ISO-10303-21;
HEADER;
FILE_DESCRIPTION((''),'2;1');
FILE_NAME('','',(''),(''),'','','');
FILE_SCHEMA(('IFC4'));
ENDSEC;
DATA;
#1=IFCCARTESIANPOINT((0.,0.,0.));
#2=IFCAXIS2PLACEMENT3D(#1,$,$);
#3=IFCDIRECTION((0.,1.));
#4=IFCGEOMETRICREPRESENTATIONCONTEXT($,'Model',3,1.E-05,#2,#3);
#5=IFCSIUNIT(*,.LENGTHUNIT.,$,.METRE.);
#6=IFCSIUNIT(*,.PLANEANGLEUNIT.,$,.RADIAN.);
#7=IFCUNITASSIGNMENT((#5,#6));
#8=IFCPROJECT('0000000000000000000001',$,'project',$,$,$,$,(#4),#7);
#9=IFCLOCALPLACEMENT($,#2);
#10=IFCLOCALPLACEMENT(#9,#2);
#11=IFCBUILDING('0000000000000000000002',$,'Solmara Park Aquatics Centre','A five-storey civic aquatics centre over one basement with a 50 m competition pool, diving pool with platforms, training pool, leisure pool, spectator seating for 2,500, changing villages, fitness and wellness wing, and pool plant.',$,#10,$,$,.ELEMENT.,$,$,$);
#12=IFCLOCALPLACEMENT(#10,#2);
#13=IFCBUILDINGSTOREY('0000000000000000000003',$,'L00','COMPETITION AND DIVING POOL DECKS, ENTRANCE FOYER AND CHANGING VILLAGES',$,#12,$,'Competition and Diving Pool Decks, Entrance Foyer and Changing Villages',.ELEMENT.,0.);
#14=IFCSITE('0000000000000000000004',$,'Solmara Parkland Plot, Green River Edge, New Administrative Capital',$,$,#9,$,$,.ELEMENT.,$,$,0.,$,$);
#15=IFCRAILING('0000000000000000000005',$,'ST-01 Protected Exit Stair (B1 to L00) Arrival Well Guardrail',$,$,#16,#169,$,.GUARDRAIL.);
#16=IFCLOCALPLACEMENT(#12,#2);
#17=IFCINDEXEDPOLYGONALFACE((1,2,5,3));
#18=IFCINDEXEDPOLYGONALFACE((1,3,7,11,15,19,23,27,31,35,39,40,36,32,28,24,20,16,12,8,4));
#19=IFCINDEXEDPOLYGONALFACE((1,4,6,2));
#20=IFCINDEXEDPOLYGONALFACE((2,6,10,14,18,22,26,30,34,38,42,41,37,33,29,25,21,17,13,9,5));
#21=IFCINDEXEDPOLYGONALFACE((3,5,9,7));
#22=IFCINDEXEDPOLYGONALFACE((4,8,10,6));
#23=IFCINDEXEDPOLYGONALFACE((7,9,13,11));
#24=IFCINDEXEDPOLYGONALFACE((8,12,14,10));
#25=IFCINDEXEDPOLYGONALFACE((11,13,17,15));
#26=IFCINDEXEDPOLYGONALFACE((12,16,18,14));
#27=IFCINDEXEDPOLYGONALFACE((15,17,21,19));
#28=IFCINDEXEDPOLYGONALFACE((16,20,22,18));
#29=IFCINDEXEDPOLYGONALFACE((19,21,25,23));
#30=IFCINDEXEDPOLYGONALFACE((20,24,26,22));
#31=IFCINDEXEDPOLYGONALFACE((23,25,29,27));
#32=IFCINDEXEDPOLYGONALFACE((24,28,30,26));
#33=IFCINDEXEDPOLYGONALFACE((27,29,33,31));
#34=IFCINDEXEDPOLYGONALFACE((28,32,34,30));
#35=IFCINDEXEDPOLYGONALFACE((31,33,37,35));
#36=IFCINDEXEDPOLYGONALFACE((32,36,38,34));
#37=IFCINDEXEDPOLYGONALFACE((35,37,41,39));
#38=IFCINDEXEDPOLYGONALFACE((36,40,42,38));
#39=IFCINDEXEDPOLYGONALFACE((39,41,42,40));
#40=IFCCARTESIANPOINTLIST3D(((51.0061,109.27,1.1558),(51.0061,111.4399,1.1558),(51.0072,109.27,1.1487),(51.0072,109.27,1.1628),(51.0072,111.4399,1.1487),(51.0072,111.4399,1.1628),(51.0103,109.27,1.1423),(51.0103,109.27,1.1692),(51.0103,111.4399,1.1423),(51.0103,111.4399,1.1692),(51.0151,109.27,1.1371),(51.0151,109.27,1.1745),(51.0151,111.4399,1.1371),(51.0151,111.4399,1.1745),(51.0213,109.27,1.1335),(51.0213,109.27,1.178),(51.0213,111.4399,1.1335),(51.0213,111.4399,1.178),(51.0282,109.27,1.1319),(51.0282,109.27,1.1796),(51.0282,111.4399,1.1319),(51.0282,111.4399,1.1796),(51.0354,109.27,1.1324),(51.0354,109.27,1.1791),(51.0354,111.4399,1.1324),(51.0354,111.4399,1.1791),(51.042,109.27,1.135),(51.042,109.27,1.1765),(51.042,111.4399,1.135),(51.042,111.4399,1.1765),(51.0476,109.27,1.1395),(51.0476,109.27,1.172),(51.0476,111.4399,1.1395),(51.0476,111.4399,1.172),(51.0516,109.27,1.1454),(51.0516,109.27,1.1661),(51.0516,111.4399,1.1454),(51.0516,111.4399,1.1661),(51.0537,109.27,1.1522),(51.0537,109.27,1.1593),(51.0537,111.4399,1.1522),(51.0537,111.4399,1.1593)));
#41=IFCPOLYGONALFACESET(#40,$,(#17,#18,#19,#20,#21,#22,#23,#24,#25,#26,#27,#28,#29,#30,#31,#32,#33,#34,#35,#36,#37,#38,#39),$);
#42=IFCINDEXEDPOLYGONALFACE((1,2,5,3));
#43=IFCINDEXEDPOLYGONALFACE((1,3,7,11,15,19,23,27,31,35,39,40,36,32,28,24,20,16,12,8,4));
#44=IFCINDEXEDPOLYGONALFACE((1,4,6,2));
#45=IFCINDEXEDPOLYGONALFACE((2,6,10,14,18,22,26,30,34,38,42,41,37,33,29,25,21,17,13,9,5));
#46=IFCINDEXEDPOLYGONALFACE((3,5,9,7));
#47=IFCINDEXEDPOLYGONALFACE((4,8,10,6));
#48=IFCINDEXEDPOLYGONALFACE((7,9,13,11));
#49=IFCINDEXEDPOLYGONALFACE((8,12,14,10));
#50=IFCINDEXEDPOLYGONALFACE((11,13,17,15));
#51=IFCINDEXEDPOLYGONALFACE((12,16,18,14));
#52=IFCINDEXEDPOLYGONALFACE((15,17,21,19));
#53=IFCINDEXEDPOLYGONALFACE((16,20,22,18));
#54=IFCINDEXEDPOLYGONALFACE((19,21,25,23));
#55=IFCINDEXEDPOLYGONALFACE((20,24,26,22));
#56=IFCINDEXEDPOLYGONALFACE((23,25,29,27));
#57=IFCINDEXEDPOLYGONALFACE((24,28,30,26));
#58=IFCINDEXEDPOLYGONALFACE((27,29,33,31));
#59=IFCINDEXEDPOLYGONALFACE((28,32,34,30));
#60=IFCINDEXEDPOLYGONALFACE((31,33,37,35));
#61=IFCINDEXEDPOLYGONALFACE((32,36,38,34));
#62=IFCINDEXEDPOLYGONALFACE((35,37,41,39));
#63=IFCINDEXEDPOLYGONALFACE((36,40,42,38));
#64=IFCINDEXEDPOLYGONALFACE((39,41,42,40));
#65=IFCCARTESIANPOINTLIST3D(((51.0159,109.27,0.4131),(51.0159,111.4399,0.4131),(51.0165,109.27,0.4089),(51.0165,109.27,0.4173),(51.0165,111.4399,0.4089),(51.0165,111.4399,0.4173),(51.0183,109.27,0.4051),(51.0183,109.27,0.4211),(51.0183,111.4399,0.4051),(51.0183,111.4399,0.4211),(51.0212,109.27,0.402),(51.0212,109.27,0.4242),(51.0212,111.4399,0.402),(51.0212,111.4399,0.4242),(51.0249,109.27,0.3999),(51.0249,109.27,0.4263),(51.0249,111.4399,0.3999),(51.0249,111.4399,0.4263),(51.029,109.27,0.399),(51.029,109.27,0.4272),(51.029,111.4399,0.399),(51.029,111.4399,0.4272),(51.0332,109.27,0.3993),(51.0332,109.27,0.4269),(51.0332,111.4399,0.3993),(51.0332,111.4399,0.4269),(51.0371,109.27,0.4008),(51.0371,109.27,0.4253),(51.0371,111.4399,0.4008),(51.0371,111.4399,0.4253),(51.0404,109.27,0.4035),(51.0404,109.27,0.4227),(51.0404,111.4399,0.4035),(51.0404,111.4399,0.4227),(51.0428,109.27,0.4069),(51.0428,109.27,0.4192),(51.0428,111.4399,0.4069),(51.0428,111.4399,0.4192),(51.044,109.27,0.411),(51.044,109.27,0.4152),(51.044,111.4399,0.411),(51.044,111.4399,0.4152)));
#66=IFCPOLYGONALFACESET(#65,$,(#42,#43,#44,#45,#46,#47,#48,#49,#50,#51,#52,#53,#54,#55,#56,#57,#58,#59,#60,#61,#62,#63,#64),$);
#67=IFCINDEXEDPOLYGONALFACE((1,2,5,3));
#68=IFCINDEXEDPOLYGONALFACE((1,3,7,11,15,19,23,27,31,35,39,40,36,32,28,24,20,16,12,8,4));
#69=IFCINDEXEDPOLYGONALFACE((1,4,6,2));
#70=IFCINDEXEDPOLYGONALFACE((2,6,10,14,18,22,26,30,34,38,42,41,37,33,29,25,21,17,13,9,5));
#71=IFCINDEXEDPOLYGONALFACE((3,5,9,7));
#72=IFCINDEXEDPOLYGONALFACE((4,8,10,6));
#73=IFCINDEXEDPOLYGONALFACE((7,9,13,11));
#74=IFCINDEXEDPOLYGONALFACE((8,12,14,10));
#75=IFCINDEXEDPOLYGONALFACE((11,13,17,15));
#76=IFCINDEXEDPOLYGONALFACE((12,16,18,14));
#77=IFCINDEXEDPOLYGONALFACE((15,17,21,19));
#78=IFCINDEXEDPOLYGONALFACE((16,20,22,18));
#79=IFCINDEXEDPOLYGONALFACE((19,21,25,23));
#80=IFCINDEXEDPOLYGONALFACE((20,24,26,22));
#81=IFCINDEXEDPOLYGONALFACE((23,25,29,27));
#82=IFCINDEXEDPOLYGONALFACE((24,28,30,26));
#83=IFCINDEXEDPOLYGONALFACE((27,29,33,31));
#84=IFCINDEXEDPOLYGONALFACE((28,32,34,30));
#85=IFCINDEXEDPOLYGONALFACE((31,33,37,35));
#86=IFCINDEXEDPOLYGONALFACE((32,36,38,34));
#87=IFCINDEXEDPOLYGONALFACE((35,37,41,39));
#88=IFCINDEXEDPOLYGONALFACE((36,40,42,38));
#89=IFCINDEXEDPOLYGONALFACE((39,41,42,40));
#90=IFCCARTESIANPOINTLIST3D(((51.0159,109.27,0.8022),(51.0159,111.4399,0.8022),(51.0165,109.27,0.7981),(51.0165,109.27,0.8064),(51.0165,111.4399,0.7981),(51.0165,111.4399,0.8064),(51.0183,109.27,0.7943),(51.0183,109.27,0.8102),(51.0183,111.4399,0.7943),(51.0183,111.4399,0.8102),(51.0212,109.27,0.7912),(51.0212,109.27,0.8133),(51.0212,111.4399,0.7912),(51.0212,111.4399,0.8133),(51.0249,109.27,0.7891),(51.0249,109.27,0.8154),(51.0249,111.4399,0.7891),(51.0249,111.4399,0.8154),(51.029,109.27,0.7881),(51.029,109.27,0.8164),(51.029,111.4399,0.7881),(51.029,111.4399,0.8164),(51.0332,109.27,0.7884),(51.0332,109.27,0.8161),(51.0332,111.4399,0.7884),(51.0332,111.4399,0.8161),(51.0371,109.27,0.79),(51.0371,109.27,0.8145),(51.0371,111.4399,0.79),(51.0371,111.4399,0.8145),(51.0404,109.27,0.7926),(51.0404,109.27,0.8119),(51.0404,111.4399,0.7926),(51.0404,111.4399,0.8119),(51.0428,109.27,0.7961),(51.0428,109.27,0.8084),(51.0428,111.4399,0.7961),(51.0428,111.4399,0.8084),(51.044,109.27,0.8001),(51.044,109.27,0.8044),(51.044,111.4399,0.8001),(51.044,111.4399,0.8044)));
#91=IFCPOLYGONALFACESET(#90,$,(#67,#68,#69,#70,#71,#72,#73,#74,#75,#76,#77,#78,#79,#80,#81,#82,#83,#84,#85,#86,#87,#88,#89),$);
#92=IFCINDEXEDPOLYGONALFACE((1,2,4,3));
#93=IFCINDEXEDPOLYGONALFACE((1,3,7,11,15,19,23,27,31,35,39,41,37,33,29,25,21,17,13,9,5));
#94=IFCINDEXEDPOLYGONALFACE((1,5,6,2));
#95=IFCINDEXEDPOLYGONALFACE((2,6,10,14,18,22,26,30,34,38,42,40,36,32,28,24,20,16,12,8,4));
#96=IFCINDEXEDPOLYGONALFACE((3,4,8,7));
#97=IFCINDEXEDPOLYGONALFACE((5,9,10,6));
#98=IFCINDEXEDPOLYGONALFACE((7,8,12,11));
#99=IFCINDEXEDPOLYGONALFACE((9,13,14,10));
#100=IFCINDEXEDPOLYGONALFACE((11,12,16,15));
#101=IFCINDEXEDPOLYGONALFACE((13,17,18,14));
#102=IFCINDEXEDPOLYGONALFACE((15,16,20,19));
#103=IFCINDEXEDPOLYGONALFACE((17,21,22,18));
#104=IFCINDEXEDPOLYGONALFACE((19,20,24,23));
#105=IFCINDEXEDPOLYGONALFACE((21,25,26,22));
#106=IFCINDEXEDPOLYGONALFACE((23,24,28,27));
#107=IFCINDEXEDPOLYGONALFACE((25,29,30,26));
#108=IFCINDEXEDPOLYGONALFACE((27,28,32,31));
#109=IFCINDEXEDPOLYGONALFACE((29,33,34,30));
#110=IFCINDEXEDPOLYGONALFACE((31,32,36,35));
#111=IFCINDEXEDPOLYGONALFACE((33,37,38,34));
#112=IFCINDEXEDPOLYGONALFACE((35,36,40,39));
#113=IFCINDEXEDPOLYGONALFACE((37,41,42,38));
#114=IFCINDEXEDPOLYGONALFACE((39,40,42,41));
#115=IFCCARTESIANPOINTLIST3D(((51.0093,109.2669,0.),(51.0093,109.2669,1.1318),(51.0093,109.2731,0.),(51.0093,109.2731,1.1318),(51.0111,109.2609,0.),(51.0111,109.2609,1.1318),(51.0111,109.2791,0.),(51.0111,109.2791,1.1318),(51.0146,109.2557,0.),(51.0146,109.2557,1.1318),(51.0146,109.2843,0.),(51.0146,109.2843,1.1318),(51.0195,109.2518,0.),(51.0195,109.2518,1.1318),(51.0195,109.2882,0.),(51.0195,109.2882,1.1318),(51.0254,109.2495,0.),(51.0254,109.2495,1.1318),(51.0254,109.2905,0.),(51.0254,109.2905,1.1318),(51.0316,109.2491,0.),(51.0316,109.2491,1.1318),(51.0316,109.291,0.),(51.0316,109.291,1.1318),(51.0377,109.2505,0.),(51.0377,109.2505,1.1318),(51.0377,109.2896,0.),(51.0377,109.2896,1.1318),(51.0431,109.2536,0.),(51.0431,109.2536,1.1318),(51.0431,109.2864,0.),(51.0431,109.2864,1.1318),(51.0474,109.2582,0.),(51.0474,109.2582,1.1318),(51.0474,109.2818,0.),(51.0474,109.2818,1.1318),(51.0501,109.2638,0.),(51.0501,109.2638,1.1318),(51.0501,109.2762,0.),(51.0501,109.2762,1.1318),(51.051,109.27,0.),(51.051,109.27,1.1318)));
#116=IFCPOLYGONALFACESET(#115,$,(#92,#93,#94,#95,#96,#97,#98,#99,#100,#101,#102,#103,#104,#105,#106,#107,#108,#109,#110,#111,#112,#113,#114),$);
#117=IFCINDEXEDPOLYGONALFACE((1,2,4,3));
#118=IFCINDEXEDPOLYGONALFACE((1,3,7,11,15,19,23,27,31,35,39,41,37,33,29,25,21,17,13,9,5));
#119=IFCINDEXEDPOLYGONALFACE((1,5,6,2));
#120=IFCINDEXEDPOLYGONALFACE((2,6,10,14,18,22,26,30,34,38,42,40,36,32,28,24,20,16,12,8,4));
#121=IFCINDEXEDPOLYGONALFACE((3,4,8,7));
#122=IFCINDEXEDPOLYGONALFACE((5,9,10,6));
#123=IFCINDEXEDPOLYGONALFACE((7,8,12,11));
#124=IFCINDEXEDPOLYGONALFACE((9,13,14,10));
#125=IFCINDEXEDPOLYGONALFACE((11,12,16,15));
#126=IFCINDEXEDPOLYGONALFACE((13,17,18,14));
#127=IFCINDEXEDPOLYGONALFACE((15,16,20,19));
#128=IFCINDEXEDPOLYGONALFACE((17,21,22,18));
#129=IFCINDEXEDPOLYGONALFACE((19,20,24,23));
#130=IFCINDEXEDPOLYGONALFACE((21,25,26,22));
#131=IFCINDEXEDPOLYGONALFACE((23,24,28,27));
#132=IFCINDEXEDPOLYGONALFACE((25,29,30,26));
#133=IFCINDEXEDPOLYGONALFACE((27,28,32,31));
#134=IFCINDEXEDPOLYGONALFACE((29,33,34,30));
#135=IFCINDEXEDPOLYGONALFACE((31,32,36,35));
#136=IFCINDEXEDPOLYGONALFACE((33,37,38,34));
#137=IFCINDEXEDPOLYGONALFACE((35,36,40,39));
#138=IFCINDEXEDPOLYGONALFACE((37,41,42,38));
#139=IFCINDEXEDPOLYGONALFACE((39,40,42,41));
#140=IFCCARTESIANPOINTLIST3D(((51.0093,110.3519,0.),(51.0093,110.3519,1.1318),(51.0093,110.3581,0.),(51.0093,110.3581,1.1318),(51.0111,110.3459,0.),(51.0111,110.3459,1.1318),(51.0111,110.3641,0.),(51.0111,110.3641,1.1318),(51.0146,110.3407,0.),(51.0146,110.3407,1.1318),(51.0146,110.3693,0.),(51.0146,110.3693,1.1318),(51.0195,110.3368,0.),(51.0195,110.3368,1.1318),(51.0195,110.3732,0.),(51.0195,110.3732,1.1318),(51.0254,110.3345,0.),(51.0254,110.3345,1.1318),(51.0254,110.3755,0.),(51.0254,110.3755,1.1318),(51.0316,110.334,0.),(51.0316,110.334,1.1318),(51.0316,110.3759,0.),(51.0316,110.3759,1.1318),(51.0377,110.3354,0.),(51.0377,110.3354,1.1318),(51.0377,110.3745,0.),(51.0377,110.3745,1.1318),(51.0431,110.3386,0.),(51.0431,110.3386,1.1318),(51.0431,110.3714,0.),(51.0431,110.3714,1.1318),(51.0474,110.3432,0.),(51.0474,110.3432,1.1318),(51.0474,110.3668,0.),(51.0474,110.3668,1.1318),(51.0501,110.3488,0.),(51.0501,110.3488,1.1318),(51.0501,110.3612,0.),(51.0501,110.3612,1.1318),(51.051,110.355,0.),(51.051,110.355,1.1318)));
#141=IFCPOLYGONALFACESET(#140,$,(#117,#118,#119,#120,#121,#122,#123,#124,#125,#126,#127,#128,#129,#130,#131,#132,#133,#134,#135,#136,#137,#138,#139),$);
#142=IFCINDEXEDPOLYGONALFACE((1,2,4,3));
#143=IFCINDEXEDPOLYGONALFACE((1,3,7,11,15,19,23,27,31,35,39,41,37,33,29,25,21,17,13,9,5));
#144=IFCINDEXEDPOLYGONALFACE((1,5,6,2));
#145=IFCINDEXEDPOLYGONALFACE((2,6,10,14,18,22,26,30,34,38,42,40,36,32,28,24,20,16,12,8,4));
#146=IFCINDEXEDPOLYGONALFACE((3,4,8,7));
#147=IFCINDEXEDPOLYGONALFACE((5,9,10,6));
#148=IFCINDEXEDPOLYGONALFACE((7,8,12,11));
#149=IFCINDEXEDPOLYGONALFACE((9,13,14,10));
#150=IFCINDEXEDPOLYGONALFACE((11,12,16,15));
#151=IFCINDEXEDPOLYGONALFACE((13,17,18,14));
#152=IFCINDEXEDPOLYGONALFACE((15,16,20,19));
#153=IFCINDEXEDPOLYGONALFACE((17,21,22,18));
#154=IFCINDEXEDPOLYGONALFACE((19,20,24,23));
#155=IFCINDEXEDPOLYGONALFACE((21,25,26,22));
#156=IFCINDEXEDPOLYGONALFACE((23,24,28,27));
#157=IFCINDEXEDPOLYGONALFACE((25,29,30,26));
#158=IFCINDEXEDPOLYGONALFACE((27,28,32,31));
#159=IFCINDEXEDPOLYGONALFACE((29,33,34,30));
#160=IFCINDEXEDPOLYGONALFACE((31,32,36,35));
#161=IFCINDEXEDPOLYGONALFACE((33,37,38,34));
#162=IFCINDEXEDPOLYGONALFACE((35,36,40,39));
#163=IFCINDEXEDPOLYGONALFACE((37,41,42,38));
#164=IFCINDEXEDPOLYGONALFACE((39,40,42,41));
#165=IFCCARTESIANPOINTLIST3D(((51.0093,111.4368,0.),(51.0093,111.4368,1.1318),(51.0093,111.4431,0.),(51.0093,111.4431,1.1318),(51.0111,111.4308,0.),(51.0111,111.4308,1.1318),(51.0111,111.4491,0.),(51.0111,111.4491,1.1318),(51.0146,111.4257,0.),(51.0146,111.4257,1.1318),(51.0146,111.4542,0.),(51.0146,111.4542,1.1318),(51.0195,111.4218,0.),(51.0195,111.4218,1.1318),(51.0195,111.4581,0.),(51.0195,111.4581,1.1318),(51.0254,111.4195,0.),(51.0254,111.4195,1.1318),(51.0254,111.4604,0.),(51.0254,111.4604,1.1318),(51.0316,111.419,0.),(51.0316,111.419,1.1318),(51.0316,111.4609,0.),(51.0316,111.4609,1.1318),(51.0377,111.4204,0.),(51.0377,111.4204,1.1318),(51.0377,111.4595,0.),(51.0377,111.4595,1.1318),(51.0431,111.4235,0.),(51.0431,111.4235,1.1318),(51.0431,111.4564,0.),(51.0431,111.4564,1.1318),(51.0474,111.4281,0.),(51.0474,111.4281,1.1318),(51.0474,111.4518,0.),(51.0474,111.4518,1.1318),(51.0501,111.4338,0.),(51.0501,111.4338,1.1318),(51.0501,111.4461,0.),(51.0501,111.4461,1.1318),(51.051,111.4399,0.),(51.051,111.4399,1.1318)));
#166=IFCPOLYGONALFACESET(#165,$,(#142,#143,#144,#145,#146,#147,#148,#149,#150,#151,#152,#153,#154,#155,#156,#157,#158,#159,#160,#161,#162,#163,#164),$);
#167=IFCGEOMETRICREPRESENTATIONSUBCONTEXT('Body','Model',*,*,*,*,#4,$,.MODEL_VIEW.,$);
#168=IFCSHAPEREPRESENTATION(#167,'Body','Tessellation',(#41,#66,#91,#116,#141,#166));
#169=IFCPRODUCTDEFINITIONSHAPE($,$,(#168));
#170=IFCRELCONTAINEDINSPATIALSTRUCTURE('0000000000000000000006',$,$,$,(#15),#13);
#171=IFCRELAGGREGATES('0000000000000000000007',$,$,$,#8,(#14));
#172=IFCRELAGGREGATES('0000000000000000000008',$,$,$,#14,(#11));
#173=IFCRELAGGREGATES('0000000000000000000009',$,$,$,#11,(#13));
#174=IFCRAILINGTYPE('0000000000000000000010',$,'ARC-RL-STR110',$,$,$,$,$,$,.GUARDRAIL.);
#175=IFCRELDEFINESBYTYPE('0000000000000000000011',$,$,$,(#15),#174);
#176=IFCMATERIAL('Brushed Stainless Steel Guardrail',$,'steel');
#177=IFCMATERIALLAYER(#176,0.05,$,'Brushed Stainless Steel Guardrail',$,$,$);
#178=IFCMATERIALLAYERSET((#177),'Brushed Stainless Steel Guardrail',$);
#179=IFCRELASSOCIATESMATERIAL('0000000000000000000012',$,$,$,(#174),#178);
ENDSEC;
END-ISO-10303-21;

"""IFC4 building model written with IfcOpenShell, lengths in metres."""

from ifc_helpers import new_model, si_unit, direction, frame, origin, origin_2d, place, context, subcontext, project, spatial, circle, extrude, material, layer, layer_set, type_object, element, save


model = new_model("IFC4")

# Units and contexts
model_context = context("Model", 3, precision=1e-05, world=origin(), true_north=direction((0.0, 1.0)))
body_context = subcontext(model_context, "Body", "Model", "MODEL_VIEW")
ifc_project = project(units=[si_unit("LENGTHUNIT", "METRE"), si_unit("PLANEANGLEUNIT", "RADIAN")], contexts=[model_context])

# Site, building, storey
site_placement = place(None, origin())
site = spatial("IfcSite", under=ifc_project, at=site_placement, Name="Solmara Parkland Plot, Green River Edge, New Administrative Capital", CompositionType="ELEMENT", RefElevation=0.0)
building_placement = place(site_placement, origin())
building = spatial("IfcBuilding", under=site, at=building_placement, Name="Solmara Park Aquatics Centre", Description="A five-storey civic aquatics centre over one basement with a 50 m competition pool, diving pool with platforms, training pool, leisure pool, spectator seating for 2,500, changing villages, fitness and wellness wing, and pool plant.", CompositionType="ELEMENT")
storey_placement = place(building_placement, origin())
storey = spatial("IfcBuildingStorey", under=building, at=storey_placement, Name="L00", Description="COMPETITION AND DIVING POOL DECKS, ENTRANCE FOYER AND CHANGING VILLAGES", LongName="Competition and Diving Pool Decks, Entrance Foyer and Changing Villages", CompositionType="ELEMENT", Elevation=0.0)

# Railing
ifc_material_1 = material(Name="Brushed Stainless Steel Guardrail", Category="steel")
ifc_layer_1 = layer(ifc_material_1, 0.05, Name="Brushed Stainless Steel Guardrail")
ifc_layer_set_1 = layer_set([ifc_layer_1], Name="Brushed Stainless Steel Guardrail")
railing_type_1 = type_object("IfcRailingType", Name="ARC-RL-STR110", PredefinedType="GUARDRAIL", material=ifc_layer_set_1)
railing_1_placement = place(storey_placement, frame((51.03, 109.27, 0.0)))
element("IfcRailing", 1, at=railing_1_placement, inside=storey, type_object=railing_type_1, Name="ST-01 Protected Exit Stair (B1 to L00) Arrival Well Guardrail", PredefinedType="GUARDRAIL", context=body_context, shape_type="SweptSolid", body=[
    extrude(circle(Radius=0.0239, at=origin_2d()), frame((0.0, 0.0, 1.1558), z_axis=(0.0, 1.0, 0.0), x_axis=(-1.0, 0.0, 0.0)), (0.0, 0.0, 1.0), 2.1699),
    extrude(circle(Radius=0.0142, at=origin_2d()), frame((0.0, 0.0, 0.4131), z_axis=(0.0, 1.0, 0.0), x_axis=(-1.0, 0.0, 0.0)), (0.0, 0.0, 1.0), 2.1699),
    extrude(circle(Radius=0.0142, at=origin_2d()), frame((0.0, 0.0, 0.8022), z_axis=(0.0, 1.0, 0.0), x_axis=(-1.0, 0.0, 0.0)), (0.0, 0.0, 1.0), 2.1699),
    extrude(circle(Radius=0.021, at=origin_2d()), origin(), (0.0, 0.0, 1.0), 1.1318),
    extrude(circle(Radius=0.021, at=origin_2d()), frame((0.0, 1.085, 0.0)), (0.0, 0.0, 1.0), 1.1318),
    extrude(circle(Radius=0.021, at=origin_2d()), frame((0.0, 2.1699, 0.0)), (0.0, 0.0, 1.0), 1.1318),
])

save(model, "model.ifc")
